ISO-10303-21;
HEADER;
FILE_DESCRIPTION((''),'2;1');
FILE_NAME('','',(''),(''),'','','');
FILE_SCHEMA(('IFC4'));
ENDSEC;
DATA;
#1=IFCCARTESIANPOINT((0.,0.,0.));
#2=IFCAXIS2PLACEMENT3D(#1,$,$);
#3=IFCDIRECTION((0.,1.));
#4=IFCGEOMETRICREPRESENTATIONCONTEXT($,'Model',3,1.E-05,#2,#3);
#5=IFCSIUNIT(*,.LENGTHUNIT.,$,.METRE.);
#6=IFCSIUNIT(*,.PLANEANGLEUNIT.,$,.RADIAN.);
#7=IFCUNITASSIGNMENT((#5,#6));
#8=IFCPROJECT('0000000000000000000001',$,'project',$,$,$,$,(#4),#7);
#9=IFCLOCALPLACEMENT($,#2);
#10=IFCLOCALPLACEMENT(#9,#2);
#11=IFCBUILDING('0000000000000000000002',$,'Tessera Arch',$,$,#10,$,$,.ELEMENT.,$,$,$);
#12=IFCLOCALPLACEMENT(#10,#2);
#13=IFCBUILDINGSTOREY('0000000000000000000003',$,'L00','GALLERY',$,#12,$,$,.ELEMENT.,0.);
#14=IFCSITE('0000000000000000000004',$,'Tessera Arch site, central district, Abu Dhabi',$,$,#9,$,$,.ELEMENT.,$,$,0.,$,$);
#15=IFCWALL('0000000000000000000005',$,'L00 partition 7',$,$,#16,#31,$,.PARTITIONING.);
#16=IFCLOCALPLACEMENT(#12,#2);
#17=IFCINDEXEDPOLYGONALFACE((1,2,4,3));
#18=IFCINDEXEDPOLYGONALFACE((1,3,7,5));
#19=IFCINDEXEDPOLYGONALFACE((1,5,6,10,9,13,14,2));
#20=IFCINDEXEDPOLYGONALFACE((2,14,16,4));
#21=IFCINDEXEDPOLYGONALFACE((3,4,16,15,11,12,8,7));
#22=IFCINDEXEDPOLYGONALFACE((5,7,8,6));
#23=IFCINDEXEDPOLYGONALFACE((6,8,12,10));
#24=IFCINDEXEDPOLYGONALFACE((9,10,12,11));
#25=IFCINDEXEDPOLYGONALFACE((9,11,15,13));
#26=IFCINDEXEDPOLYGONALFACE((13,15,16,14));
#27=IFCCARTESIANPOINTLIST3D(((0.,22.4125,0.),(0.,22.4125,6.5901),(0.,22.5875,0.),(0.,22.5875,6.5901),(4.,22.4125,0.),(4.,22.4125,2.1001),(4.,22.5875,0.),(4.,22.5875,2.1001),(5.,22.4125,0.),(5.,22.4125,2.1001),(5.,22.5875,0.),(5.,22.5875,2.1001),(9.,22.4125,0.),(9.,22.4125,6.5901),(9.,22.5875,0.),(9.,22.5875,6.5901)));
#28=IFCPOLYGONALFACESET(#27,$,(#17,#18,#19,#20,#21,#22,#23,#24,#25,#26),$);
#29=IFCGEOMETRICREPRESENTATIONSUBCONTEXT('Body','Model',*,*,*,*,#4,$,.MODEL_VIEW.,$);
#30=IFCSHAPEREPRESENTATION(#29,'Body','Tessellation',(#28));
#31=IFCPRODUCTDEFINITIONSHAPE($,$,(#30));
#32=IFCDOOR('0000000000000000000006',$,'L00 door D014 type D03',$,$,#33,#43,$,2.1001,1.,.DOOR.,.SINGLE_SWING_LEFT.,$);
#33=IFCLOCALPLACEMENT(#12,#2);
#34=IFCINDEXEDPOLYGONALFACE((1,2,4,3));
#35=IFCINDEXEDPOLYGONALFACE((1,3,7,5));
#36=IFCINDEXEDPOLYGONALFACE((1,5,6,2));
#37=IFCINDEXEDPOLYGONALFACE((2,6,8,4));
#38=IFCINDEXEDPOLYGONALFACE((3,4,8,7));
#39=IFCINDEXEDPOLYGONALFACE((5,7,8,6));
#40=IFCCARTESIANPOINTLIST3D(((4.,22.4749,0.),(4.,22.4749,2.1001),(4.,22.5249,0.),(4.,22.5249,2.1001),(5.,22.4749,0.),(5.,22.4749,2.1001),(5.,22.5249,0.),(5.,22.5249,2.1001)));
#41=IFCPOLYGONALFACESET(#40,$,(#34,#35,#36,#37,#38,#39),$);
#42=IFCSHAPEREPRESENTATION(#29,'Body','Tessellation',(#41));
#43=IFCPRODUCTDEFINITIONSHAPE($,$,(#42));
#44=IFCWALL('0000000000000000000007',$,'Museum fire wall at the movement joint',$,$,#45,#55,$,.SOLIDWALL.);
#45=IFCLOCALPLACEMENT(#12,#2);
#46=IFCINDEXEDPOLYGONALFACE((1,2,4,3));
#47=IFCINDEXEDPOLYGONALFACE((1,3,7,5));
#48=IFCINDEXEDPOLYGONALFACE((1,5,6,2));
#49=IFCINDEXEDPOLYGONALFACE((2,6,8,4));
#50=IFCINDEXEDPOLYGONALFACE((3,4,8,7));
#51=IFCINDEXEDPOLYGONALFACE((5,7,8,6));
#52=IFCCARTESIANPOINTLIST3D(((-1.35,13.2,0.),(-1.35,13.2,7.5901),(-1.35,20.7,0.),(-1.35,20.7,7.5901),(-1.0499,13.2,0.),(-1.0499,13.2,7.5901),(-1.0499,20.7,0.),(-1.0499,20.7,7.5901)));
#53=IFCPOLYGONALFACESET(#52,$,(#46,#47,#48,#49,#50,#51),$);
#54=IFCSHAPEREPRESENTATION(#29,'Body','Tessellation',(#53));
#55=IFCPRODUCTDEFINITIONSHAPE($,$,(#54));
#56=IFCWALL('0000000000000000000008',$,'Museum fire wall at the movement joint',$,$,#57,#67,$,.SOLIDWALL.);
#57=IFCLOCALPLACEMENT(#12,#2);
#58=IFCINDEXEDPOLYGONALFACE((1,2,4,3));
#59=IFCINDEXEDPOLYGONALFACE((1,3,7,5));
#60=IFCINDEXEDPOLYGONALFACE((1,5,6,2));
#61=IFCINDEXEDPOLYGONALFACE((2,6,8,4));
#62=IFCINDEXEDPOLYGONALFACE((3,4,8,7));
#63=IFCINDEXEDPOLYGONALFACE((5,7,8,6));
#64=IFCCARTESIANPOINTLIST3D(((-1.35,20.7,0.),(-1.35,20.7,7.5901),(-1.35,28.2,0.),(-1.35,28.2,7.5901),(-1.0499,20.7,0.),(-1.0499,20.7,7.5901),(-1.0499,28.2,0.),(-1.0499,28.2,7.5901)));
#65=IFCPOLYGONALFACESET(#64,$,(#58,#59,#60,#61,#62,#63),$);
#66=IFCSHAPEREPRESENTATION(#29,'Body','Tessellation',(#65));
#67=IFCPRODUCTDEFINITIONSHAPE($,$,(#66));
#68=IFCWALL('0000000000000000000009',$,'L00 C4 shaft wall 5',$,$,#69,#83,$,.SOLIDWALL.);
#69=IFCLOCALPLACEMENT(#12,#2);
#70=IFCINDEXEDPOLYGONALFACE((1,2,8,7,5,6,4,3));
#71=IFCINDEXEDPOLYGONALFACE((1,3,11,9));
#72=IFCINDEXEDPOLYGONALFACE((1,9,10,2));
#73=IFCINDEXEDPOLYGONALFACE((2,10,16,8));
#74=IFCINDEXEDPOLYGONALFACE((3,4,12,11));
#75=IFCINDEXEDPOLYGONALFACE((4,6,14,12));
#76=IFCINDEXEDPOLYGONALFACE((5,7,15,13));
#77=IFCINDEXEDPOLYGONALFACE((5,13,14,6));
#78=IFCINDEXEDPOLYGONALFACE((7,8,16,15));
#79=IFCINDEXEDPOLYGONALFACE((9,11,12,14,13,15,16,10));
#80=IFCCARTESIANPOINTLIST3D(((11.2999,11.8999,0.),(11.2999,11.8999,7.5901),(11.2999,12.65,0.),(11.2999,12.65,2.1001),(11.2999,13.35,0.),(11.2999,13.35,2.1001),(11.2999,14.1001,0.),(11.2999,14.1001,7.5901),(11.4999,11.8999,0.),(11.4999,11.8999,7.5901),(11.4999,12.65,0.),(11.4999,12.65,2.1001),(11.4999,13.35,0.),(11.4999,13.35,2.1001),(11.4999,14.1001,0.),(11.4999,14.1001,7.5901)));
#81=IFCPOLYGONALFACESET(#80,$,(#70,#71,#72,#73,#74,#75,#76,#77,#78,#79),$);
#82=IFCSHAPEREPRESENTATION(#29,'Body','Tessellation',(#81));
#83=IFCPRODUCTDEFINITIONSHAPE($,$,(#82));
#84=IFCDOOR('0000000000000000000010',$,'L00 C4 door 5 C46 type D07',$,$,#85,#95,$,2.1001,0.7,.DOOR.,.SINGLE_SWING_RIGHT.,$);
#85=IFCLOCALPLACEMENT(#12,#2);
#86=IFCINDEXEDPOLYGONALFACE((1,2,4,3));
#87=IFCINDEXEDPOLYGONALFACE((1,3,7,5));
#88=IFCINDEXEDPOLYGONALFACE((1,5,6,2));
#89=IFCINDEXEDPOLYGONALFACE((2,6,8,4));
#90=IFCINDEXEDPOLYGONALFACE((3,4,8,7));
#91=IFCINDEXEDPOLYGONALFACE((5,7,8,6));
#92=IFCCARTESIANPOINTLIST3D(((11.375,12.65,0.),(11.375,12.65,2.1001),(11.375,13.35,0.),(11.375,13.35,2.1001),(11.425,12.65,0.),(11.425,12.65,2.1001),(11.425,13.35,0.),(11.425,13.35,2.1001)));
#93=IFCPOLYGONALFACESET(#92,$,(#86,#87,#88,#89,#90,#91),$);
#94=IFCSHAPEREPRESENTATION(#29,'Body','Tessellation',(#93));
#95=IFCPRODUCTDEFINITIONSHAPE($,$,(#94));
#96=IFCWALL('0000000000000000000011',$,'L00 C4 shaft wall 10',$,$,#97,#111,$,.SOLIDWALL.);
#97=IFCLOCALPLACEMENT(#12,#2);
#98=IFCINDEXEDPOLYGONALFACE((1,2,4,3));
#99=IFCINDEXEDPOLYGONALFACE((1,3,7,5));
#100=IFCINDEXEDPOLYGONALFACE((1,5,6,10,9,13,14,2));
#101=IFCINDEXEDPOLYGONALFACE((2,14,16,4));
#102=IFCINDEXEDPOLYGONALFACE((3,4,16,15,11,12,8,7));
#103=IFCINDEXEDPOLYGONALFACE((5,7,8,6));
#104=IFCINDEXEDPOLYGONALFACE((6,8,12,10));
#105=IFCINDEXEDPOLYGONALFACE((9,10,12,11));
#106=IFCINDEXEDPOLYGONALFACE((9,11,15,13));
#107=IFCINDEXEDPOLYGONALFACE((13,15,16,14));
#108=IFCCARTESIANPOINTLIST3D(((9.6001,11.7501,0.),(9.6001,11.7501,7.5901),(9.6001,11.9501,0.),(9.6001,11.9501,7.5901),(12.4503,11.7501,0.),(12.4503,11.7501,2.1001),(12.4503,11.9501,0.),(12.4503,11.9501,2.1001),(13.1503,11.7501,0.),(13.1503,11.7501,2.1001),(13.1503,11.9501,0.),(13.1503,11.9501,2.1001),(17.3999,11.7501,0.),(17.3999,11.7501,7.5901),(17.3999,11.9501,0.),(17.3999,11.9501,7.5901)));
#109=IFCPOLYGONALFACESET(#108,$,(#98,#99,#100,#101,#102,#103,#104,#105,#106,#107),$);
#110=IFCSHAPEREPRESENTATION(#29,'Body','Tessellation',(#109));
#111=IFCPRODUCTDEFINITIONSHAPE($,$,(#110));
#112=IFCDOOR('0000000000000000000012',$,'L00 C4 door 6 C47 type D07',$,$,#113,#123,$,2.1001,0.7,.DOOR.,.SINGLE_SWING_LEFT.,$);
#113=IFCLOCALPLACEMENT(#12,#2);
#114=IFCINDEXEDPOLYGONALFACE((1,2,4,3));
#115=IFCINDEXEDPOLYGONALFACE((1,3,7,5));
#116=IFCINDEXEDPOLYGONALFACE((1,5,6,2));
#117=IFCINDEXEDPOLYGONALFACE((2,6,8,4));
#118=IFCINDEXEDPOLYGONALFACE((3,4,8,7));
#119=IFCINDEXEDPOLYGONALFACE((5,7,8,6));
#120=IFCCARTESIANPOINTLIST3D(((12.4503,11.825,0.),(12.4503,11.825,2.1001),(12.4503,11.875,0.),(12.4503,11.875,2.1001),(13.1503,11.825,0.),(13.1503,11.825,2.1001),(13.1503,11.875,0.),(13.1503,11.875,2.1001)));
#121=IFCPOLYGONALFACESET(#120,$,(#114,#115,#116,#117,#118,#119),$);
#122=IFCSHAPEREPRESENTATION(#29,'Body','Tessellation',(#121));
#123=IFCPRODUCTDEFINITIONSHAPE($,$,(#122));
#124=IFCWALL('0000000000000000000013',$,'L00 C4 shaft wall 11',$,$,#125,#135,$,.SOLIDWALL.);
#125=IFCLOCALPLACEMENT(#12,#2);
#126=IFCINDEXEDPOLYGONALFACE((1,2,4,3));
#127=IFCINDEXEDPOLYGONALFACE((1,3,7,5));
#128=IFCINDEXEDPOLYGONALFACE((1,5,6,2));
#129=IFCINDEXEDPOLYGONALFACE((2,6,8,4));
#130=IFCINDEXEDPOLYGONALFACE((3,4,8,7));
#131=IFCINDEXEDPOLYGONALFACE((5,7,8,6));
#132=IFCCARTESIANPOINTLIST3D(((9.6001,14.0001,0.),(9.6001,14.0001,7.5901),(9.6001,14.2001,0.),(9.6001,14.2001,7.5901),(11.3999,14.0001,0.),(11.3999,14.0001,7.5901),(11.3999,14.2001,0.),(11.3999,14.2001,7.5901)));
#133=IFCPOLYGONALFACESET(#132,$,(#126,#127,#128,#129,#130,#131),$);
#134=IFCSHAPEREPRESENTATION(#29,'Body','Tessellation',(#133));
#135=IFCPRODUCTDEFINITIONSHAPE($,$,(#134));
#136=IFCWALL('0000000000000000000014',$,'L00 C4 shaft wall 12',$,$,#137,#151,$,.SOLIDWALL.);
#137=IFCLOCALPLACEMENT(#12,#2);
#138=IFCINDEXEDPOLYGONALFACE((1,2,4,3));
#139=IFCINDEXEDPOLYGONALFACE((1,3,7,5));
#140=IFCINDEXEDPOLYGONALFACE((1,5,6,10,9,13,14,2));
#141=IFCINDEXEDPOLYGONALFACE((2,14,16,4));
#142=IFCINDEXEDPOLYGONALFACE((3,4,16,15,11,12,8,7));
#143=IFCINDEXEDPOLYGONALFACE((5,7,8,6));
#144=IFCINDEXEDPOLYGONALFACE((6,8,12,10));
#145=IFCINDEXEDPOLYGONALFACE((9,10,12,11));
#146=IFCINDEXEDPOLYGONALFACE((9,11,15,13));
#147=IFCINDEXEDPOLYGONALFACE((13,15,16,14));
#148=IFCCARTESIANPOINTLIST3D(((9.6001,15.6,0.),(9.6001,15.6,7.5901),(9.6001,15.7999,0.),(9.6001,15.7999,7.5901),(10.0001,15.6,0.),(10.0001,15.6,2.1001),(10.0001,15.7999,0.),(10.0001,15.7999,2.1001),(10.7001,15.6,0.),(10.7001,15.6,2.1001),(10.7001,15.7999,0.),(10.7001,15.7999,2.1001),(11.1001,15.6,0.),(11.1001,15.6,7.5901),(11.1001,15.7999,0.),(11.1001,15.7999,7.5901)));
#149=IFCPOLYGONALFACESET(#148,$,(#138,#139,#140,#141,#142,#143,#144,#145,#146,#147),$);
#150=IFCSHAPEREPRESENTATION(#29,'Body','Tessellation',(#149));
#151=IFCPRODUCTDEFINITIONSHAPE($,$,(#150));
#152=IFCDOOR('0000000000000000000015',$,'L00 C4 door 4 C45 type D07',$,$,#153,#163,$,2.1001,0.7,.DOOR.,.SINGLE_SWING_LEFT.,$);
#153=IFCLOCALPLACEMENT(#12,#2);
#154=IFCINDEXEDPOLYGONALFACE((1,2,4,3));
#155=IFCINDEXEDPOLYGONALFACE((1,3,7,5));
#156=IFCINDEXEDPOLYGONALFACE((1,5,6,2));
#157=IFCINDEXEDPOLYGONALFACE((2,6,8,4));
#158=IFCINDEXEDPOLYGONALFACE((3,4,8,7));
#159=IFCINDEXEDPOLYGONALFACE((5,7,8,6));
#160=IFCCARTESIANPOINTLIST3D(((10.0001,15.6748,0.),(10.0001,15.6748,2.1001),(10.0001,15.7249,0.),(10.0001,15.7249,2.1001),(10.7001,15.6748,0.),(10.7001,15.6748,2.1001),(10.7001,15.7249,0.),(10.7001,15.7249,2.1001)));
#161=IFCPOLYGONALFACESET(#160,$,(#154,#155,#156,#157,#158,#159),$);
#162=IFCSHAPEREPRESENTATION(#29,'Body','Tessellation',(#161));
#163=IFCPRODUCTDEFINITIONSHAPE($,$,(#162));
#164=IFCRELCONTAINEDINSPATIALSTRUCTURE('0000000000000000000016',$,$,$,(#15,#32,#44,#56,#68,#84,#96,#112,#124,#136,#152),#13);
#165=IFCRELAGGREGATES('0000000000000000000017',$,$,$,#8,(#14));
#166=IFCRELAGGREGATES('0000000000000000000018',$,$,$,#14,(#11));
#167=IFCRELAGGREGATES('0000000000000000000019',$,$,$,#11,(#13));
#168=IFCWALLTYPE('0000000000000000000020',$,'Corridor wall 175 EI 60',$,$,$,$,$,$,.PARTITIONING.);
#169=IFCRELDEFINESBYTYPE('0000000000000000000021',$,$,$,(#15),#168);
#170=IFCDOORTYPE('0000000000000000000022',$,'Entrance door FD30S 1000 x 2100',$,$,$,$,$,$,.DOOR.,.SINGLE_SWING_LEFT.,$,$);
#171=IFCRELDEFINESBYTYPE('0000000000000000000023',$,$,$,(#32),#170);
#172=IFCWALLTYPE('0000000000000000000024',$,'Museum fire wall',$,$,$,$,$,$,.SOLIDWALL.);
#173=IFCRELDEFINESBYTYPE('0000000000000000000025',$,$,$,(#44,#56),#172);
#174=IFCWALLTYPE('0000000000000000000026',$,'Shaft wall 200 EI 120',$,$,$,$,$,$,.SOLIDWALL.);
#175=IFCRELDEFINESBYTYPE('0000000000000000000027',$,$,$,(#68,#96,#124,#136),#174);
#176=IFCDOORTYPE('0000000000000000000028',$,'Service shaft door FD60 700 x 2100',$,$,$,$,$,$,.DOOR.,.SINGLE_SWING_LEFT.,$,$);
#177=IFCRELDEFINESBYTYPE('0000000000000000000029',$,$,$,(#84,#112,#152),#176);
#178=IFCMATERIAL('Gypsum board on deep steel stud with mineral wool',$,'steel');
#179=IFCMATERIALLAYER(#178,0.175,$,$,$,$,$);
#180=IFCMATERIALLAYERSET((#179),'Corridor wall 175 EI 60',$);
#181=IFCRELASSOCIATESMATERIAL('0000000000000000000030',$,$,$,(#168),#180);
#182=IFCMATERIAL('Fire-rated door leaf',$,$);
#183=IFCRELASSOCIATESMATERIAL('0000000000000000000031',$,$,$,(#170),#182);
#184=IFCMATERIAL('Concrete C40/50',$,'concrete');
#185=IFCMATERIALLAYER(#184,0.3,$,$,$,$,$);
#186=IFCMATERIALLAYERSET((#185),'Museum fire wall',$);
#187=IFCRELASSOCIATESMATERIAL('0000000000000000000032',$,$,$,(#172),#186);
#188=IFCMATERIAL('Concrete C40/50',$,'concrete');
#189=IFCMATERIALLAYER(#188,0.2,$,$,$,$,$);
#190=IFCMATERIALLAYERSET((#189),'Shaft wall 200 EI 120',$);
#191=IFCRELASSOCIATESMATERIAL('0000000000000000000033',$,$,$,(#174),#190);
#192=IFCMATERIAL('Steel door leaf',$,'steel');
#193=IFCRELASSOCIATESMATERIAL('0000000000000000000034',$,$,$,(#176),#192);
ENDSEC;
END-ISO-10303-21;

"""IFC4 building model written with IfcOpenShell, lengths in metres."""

from ifc_helpers import new_model, si_unit, direction, frame, frame_2d, origin, place, context, subcontext, project, spatial, rectangle, extrude, material, layer, layer_set, type_object, element, fill, save


model = new_model("IFC4")

# Units and contexts
model_context = context("Model", 3, precision=1e-05, world=origin(), true_north=direction((0.0, 1.0)))
body_context = subcontext(model_context, "Body", "Model", "MODEL_VIEW")
ifc_project = project(units=[si_unit("LENGTHUNIT", "METRE"), si_unit("PLANEANGLEUNIT", "RADIAN")], contexts=[model_context])

# Site, building, storey
site_placement = place(None, origin())
site = spatial("IfcSite", under=ifc_project, at=site_placement, Name="Tessera Arch site, central district, Abu Dhabi", CompositionType="ELEMENT", RefElevation=0.0)
building_placement = place(site_placement, origin())
building = spatial("IfcBuilding", under=site, at=building_placement, Name="Tessera Arch", CompositionType="ELEMENT")
storey_placement = place(building_placement, origin())
storey = spatial("IfcBuildingStorey", under=building, at=storey_placement, Name="L00", Description="GALLERY", CompositionType="ELEMENT", Elevation=0.0)

# Wall, opening, door
ifc_material_1 = material(Name="Gypsum board on deep steel stud with mineral wool", Category="steel")
ifc_layer_1 = layer(ifc_material_1, 0.175)
ifc_layer_set_1 = layer_set([ifc_layer_1], Name="Corridor wall 175 EI 60")
wall_type_1 = type_object("IfcWallType", Name="Corridor wall 175 EI 60", PredefinedType="PARTITIONING", material=ifc_layer_set_1)
wall_1_placement = place(storey_placement, frame((0.0, 22.5, 0.0), z_axis=(0.0, 0.0, 1.0), x_axis=(1.0, 0.0, 0.0)))
wall_1 = element("IfcWall", 1, at=wall_1_placement, inside=storey, type_object=wall_type_1, Name="L00 partition 7", PredefinedType="PARTITIONING", context=body_context, shape_type="SweptSolid", body=[
    extrude(rectangle(XDim=9.0, YDim=0.175, at=frame_2d((4.5, 0.0))), origin(), (0.0, 0.0, 1.0), 6.5901),
])
opening_1_placement = place(wall_1_placement, frame((4.0, 0.0, 0.0)))
opening_1 = element("IfcOpeningElement", 2, at=opening_1_placement, cuts=wall_1, PredefinedType="OPENING", context=body_context, shape_type="SweptSolid", body=[
    extrude(rectangle(XDim=1.0, YDim=2.1001, at=frame_2d((0.5, 1.05))), frame((0.0, 0.0974, 0.0), z_axis=(0.0, -1.0, 0.0), x_axis=(1.0, 0.0, 0.0)), (0.0, 0.0, 1.0), 0.1951),
])
ifc_material_2 = material(Name="Fire-rated door leaf")
door_type_1 = type_object("IfcDoorType", Name="Entrance door FD30S 1000 x 2100", OperationType="SINGLE_SWING_LEFT", PredefinedType="DOOR", material=ifc_material_2)
door_1_placement = place(opening_1_placement, origin())
door_1 = element("IfcDoor", 3, at=door_1_placement, inside=storey, type_object=door_type_1, Name="L00 door D014 type D03", OperationType="SINGLE_SWING_LEFT", OverallHeight=2.1001, OverallWidth=1.0, PredefinedType="DOOR", context=body_context, shape_type="SweptSolid", body=[
    extrude(rectangle(XDim=1.0, YDim=2.1001, at=frame_2d((0.5, 1.05))), frame((0.0, 0.0249, 0.0), z_axis=(0.0, -1.0, 0.0), x_axis=(1.0, 0.0, 0.0)), (0.0, 0.0, 1.0), 0.05),
])
fill(opening_1, door_1)

# Walls
ifc_material_3 = material(Name="Concrete C40/50", Category="concrete")
ifc_layer_2 = layer(ifc_material_3, 0.3)
ifc_layer_set_2 = layer_set([ifc_layer_2], Name="Museum fire wall")
wall_type_2 = type_object("IfcWallType", Name="Museum fire wall", PredefinedType="SOLIDWALL", material=ifc_layer_set_2)
for number, where, z_axis, x_axis, name in (
    (4, (-1.2, 13.2, 0.0), (0.0, 0.0, 1.0), (0.0, 1.0, 0.0), "Museum fire wall at the movement joint"),
    (5, (-1.2, 20.7, 0.0), (0.0, 0.0, 1.0), (0.0, 1.0, 0.0), "Museum fire wall at the movement joint"),
):
    element("IfcWall", number, at=place(storey_placement, frame(where, z_axis=z_axis, x_axis=x_axis)), inside=storey, type_object=wall_type_2, Name=name, PredefinedType="SOLIDWALL", context=body_context, shape_type="SweptSolid", body=[
        extrude(rectangle(XDim=7.5, YDim=0.3, at=frame_2d((3.75, 0.0))), origin(), (0.0, 0.0, 1.0), 7.5901),
    ])

# Walls, openings, doors
ifc_material_4 = material(Name="Concrete C40/50", Category="concrete")
ifc_layer_3 = layer(ifc_material_4, 0.2)
ifc_layer_set_3 = layer_set([ifc_layer_3], Name="Shaft wall 200 EI 120")
wall_type_3 = type_object("IfcWallType", Name="Shaft wall 200 EI 120", PredefinedType="SOLIDWALL", material=ifc_layer_set_3)
wall_2_placement = place(storey_placement, frame((11.3999, 11.8999, 0.0), z_axis=(0.0, 0.0, 1.0), x_axis=(0.0, 1.0, 0.0)))
wall_2 = element("IfcWall", 6, at=wall_2_placement, inside=storey, type_object=wall_type_3, Name="L00 C4 shaft wall 5", PredefinedType="SOLIDWALL", context=body_context, shape_type="SweptSolid", body=[
    extrude(rectangle(XDim=2.2002, YDim=0.2, at=frame_2d((1.1001, 0.0))), origin(), (0.0, 0.0, 1.0), 7.5901),
])
opening_2_placement = place(wall_2_placement, frame((0.75, 0.0, 0.0)))
opening_2 = element("IfcOpeningElement", 7, at=opening_2_placement, cuts=wall_2, PredefinedType="OPENING", context=body_context, shape_type="SweptSolid", body=[
    extrude(rectangle(XDim=0.7, YDim=2.1001, at=frame_2d((0.3501, 1.05))), frame((0.0, 0.1099, 0.0), z_axis=(0.0, -1.0, 0.0), x_axis=(1.0, 0.0, 0.0)), (0.0, 0.0, 1.0), 0.22),
])
ifc_material_5 = material(Name="Steel door leaf", Category="steel")
door_type_2 = type_object("IfcDoorType", Name="Service shaft door FD60 700 x 2100", OperationType="SINGLE_SWING_LEFT", PredefinedType="DOOR", material=ifc_material_5)
door_2_placement = place(opening_2_placement, origin())
door_2 = element("IfcDoor", 8, at=door_2_placement, inside=storey, type_object=door_type_2, Name="L00 C4 door 5 C46 type D07", OperationType="SINGLE_SWING_RIGHT", OverallHeight=2.1001, OverallWidth=0.7, PredefinedType="DOOR", context=body_context, shape_type="SweptSolid", body=[
    extrude(rectangle(XDim=0.7, YDim=2.1001, at=frame_2d((0.3501, 1.05))), frame((0.0, 0.0249, 0.0), z_axis=(0.0, -1.0, 0.0), x_axis=(1.0, 0.0, 0.0)), (0.0, 0.0, 1.0), 0.05),
])
fill(opening_2, door_2)
wall_3_placement = place(storey_placement, frame((9.6001, 11.8501, 0.0), z_axis=(0.0, 0.0, 1.0), x_axis=(1.0, 0.0, 0.0)))
wall_3 = element("IfcWall", 9, at=wall_3_placement, inside=storey, type_object=wall_type_3, Name="L00 C4 shaft wall 10", PredefinedType="SOLIDWALL", context=body_context, shape_type="SweptSolid", body=[
    extrude(rectangle(XDim=7.7998, YDim=0.2, at=frame_2d((3.8999, 0.0))), origin(), (0.0, 0.0, 1.0), 7.5901),
])
opening_3_placement = place(wall_3_placement, frame((2.8501, 0.0, 0.0)))
opening_3 = element("IfcOpeningElement", 10, at=opening_3_placement, cuts=wall_3, PredefinedType="OPENING", context=body_context, shape_type="SweptSolid", body=[
    extrude(rectangle(XDim=0.7, YDim=2.1001, at=frame_2d((0.3501, 1.05))), frame((0.0, 0.1099, 0.0), z_axis=(0.0, -1.0, 0.0), x_axis=(1.0, 0.0, 0.0)), (0.0, 0.0, 1.0), 0.22),
])
door_3_placement = place(opening_3_placement, origin())
door_3 = element("IfcDoor", 11, at=door_3_placement, inside=storey, type_object=door_type_2, Name="L00 C4 door 6 C47 type D07", OperationType="SINGLE_SWING_LEFT", OverallHeight=2.1001, OverallWidth=0.7, PredefinedType="DOOR", context=body_context, shape_type="SweptSolid", body=[
    extrude(rectangle(XDim=0.7, YDim=2.1001, at=frame_2d((0.3501, 1.05))), frame((0.0, 0.0249, 0.0), z_axis=(0.0, -1.0, 0.0), x_axis=(1.0, 0.0, 0.0)), (0.0, 0.0, 1.0), 0.05),
])
fill(opening_3, door_3)

# Wall
wall_4_placement = place(storey_placement, frame((9.6001, 14.1001, 0.0), z_axis=(0.0, 0.0, 1.0), x_axis=(1.0, 0.0, 0.0)))
element("IfcWall", 12, at=wall_4_placement, inside=storey, type_object=wall_type_3, Name="L00 C4 shaft wall 11", PredefinedType="SOLIDWALL", context=body_context, shape_type="SweptSolid", body=[
    extrude(rectangle(XDim=1.7998, YDim=0.2, at=frame_2d((0.8999, 0.0))), origin(), (0.0, 0.0, 1.0), 7.5901),
])

# Wall, opening, door
wall_5_placement = place(storey_placement, frame((9.6001, 15.7, 0.0), z_axis=(0.0, 0.0, 1.0), x_axis=(1.0, 0.0, 0.0)))
wall_5 = element("IfcWall", 13, at=wall_5_placement, inside=storey, type_object=wall_type_3, Name="L00 C4 shaft wall 12", PredefinedType="SOLIDWALL", context=body_context, shape_type="SweptSolid", body=[
    extrude(rectangle(XDim=1.5, YDim=0.2, at=frame_2d((0.75, 0.0))), origin(), (0.0, 0.0, 1.0), 7.5901),
])
opening_4_placement = place(wall_5_placement, frame((0.3999, 0.0, 0.0)))
opening_4 = element("IfcOpeningElement", 14, at=opening_4_placement, cuts=wall_5, PredefinedType="OPENING", context=body_context, shape_type="SweptSolid", body=[
    extrude(rectangle(XDim=0.7, YDim=2.1001, at=frame_2d((0.3501, 1.05))), frame((0.0, 0.1099, 0.0), z_axis=(0.0, -1.0, 0.0), x_axis=(1.0, 0.0, 0.0)), (0.0, 0.0, 1.0), 0.22),
])
door_4_placement = place(opening_4_placement, origin())
door_4 = element("IfcDoor", 15, at=door_4_placement, inside=storey, type_object=door_type_2, Name="L00 C4 door 4 C45 type D07", OperationType="SINGLE_SWING_LEFT", OverallHeight=2.1001, OverallWidth=0.7, PredefinedType="DOOR", context=body_context, shape_type="SweptSolid", body=[
    extrude(rectangle(XDim=0.7, YDim=2.1001, at=frame_2d((0.3501, 1.05))), frame((0.0, 0.0249, 0.0), z_axis=(0.0, -1.0, 0.0), x_axis=(1.0, 0.0, 0.0)), (0.0, 0.0, 1.0), 0.05),
])
fill(opening_4, door_4)

save(model, "model.ifc")
